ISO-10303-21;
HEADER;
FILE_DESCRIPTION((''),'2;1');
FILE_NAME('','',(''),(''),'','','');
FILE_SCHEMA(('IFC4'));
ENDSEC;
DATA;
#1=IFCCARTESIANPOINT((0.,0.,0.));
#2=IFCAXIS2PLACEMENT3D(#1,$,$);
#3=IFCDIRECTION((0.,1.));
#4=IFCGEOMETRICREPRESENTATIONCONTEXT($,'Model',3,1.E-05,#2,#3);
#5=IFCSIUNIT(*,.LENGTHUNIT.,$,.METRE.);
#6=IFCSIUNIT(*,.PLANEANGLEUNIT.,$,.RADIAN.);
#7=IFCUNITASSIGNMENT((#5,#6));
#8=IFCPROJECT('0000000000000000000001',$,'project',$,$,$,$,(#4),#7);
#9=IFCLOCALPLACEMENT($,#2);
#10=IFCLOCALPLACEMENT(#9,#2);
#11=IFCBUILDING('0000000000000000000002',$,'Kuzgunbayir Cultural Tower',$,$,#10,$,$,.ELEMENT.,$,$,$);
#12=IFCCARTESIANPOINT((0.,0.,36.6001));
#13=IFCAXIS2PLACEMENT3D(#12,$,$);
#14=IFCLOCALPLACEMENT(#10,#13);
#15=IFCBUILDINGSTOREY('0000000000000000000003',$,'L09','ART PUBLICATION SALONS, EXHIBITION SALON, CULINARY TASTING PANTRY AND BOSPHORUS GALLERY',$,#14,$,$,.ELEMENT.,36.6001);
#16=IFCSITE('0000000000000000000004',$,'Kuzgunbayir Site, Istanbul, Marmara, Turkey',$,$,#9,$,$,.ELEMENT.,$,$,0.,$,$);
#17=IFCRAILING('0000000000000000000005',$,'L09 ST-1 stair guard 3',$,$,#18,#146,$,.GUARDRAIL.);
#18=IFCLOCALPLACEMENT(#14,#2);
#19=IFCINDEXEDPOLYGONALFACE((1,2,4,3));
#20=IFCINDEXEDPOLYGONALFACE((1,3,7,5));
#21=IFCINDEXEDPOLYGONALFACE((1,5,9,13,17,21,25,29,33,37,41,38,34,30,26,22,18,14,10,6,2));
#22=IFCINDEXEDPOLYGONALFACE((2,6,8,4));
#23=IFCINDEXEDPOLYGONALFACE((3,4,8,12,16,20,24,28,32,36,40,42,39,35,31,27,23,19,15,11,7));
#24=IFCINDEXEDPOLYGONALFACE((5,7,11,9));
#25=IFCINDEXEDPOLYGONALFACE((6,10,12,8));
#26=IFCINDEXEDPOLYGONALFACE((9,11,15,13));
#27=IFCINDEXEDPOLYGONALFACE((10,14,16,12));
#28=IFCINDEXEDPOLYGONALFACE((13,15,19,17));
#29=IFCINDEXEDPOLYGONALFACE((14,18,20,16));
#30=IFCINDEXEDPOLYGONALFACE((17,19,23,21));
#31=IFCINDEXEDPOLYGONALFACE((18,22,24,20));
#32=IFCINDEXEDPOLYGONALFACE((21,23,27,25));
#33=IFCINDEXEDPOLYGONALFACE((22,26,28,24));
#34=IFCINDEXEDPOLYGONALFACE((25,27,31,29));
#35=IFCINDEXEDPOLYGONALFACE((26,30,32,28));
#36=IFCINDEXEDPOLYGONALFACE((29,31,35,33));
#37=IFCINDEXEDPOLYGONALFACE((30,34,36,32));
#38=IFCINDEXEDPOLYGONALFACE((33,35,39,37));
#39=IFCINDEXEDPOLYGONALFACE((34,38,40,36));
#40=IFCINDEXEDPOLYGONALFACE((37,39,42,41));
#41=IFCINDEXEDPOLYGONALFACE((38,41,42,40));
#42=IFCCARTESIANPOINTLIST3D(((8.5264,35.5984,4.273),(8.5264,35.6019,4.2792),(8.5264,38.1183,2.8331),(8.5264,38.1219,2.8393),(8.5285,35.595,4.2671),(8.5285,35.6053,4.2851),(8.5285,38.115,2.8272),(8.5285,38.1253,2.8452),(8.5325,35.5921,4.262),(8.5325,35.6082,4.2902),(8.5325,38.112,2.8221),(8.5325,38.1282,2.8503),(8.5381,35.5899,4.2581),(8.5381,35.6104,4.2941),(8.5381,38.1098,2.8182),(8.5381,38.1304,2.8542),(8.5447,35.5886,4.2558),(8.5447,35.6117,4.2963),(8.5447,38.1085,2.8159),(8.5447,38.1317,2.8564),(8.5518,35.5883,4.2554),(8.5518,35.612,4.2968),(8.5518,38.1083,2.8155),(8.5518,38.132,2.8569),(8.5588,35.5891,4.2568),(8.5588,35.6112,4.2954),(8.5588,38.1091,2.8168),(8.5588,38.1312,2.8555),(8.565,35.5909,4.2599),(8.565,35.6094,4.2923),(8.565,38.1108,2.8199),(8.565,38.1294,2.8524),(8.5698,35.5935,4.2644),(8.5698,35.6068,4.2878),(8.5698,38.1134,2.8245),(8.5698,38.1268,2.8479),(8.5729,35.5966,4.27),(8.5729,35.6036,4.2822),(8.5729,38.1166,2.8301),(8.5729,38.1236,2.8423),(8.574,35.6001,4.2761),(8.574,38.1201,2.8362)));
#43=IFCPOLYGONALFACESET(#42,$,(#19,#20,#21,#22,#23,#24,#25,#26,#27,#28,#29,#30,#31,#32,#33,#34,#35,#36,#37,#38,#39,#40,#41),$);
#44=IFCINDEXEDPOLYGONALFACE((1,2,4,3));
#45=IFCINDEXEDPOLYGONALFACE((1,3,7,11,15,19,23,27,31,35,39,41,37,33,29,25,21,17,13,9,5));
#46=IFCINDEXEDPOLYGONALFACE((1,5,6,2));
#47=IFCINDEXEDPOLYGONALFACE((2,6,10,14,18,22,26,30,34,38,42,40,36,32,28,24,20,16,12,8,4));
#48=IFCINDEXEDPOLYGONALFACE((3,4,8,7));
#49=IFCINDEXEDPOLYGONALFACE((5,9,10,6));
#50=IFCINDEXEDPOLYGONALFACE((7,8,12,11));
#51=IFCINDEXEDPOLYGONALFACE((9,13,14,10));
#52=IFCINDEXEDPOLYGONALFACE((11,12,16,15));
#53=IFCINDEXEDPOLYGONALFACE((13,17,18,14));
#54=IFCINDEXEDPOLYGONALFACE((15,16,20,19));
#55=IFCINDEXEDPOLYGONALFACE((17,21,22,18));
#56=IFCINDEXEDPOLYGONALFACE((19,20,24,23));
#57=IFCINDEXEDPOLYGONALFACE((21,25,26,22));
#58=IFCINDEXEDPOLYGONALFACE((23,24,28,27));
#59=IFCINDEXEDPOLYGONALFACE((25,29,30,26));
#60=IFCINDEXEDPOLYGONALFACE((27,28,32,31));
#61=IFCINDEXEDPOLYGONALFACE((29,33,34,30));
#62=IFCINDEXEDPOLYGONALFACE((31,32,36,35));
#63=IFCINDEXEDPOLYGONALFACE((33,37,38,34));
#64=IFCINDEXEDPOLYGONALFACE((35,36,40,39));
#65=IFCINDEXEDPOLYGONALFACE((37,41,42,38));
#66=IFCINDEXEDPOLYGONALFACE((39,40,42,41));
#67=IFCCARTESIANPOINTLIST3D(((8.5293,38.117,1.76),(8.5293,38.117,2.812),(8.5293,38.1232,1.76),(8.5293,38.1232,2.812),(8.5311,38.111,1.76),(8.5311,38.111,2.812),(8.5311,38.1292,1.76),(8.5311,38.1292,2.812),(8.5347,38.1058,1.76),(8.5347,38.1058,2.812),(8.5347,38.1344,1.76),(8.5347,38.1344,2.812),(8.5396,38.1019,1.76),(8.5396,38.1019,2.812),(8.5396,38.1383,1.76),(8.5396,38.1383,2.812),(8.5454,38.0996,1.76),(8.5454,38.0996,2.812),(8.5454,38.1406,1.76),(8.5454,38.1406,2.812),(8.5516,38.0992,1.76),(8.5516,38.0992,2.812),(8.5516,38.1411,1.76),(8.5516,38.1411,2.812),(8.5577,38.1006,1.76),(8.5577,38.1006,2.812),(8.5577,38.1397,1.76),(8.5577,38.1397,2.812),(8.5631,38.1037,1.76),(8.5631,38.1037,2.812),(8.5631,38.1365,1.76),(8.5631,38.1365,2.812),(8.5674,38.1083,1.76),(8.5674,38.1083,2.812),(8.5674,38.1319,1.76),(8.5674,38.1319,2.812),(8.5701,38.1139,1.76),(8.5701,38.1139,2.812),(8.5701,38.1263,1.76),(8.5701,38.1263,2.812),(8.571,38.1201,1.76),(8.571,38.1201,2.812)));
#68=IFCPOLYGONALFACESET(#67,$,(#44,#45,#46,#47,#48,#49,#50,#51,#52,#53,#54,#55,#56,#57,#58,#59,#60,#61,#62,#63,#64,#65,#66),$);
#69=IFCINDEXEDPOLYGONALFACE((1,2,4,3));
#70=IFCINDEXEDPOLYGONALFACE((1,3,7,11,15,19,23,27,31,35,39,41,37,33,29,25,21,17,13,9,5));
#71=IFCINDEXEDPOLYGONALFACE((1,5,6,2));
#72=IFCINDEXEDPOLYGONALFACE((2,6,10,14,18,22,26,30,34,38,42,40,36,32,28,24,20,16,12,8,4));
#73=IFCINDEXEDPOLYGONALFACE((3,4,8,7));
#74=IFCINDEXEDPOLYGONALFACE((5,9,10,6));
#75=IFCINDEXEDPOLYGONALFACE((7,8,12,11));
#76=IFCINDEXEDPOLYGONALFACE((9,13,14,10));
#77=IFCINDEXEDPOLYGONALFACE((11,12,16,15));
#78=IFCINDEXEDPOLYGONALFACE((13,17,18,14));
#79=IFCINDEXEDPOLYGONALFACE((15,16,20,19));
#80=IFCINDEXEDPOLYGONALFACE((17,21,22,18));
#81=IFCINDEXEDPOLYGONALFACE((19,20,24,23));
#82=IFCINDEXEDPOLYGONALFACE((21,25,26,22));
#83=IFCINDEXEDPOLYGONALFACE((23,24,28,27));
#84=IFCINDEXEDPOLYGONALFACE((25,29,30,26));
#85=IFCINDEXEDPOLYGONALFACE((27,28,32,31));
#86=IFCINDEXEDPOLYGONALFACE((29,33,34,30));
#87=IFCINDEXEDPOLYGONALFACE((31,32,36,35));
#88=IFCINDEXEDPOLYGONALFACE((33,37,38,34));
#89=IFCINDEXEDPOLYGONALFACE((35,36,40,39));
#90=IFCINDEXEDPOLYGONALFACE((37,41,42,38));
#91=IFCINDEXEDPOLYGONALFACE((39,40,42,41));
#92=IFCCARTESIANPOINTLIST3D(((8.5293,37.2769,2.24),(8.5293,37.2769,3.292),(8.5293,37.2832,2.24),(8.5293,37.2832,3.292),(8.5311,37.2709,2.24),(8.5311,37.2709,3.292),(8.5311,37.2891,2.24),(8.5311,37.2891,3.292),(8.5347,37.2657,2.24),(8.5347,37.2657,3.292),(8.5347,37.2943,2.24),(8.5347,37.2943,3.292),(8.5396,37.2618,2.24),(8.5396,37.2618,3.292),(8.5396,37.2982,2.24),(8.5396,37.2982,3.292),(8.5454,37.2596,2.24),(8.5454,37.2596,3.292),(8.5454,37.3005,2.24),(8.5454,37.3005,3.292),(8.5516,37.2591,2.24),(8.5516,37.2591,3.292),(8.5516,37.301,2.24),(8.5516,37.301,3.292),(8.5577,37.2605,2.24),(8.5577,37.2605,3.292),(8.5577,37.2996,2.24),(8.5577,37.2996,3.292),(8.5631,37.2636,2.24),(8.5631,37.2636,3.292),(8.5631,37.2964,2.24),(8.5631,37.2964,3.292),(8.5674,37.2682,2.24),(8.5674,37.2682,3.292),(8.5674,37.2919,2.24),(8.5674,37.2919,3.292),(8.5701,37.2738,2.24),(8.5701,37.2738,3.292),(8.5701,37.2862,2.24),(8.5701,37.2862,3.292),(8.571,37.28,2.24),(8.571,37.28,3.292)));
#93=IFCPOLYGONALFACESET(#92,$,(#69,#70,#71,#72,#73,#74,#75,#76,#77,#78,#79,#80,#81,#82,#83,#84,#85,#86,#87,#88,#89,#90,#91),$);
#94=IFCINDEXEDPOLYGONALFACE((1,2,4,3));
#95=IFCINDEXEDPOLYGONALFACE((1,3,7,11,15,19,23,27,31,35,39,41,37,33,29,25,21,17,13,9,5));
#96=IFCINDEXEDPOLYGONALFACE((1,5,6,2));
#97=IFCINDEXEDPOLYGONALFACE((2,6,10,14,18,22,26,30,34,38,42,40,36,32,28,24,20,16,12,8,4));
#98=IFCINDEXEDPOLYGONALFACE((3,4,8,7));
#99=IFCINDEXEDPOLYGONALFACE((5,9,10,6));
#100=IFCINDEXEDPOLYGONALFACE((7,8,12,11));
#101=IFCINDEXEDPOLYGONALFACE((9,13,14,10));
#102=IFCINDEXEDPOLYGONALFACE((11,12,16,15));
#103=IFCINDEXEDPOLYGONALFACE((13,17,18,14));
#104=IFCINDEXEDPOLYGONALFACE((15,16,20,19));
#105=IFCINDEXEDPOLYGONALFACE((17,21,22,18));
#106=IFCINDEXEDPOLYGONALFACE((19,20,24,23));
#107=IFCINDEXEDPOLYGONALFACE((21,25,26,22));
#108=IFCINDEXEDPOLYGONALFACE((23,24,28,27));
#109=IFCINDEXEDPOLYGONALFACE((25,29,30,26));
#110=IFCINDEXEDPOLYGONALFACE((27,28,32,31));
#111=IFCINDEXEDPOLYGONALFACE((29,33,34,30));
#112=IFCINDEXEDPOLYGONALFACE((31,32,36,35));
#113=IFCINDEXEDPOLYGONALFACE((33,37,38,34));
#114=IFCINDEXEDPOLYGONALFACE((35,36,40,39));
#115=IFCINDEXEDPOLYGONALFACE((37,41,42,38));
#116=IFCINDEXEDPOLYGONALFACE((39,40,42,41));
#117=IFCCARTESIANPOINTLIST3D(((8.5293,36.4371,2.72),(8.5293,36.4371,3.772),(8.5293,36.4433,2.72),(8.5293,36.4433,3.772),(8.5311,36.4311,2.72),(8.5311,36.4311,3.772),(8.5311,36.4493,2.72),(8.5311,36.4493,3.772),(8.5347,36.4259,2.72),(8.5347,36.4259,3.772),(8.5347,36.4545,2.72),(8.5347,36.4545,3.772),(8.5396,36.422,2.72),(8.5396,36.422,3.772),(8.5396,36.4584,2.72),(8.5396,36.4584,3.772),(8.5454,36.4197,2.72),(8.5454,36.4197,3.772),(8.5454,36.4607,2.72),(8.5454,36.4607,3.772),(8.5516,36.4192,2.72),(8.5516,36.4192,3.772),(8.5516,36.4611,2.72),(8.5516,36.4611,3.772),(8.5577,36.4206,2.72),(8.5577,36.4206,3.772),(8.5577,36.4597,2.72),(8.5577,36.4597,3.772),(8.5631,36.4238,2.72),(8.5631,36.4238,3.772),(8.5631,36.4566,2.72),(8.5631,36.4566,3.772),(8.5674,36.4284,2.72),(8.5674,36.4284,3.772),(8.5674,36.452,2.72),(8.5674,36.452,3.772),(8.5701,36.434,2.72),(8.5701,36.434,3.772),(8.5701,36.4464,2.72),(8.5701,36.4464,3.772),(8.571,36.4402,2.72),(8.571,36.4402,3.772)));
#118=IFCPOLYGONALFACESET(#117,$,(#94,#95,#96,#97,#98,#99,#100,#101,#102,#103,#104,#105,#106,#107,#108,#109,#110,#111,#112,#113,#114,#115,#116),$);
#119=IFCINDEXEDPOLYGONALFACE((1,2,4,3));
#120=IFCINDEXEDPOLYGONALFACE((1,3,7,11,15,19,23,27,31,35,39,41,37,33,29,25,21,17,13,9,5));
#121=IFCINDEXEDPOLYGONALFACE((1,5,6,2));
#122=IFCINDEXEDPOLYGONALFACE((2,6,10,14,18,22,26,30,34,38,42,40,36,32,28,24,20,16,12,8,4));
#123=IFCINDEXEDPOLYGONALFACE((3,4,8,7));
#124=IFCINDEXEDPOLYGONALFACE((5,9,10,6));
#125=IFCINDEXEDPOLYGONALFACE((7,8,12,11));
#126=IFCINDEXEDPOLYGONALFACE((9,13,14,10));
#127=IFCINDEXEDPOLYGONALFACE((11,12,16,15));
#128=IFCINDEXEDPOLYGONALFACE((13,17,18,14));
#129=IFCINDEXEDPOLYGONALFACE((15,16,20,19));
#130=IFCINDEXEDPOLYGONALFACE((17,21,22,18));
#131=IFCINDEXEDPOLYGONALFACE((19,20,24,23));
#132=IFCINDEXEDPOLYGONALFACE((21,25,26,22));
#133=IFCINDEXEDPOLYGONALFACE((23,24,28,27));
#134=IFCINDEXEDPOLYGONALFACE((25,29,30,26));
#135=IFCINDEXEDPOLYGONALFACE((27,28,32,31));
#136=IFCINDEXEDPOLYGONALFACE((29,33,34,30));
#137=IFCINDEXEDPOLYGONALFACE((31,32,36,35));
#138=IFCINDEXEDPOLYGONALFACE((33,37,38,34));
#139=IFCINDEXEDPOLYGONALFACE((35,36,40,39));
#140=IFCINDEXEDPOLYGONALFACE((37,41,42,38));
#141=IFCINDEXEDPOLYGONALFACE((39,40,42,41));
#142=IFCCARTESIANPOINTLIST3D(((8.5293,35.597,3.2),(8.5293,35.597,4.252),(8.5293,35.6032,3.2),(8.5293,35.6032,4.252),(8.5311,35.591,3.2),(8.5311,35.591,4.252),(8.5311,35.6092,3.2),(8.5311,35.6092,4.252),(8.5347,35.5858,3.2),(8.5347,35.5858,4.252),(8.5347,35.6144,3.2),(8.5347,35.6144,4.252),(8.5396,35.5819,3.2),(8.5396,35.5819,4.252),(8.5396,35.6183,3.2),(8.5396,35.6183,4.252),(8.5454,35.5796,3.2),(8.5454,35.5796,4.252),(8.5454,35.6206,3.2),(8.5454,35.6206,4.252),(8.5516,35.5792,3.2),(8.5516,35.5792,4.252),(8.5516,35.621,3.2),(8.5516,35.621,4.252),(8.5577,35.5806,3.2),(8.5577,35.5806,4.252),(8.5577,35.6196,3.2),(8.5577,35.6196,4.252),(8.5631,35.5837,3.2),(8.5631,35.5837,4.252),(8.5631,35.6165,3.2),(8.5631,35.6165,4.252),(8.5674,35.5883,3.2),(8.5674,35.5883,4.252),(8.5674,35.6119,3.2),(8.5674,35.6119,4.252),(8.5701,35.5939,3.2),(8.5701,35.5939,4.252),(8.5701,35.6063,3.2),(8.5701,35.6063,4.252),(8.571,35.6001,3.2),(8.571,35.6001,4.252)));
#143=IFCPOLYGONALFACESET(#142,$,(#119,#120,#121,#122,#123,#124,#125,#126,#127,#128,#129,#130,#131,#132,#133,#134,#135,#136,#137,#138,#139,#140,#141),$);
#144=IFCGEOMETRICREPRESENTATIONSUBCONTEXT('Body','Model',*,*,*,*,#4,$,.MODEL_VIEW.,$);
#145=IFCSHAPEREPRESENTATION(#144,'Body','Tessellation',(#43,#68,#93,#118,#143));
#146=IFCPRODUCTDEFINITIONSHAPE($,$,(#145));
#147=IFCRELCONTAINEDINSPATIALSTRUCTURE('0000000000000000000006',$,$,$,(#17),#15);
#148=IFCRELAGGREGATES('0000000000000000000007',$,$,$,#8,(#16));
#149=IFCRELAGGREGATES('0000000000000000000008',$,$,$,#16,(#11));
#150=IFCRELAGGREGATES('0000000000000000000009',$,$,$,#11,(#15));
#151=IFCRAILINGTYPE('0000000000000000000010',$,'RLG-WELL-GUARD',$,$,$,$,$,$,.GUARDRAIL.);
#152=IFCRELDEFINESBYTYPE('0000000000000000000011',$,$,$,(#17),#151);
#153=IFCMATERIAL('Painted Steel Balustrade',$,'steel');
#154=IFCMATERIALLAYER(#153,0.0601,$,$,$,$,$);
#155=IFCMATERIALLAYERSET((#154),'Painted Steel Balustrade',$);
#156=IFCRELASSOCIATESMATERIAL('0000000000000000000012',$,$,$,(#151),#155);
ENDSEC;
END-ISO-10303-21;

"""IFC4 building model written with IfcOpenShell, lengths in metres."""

from ifc_helpers import new_model, si_unit, direction, frame, origin, origin_2d, place, context, subcontext, project, spatial, circle, extrude, material, layer, layer_set, type_object, element, save


model = new_model("IFC4")

# Units and contexts
model_context = context("Model", 3, precision=1e-05, world=origin(), true_north=direction((0.0, 1.0)))
body_context = subcontext(model_context, "Body", "Model", "MODEL_VIEW")
ifc_project = project(units=[si_unit("LENGTHUNIT", "METRE"), si_unit("PLANEANGLEUNIT", "RADIAN")], contexts=[model_context])

# Site, building, storey
site_placement = place(None, origin())
site = spatial("IfcSite", under=ifc_project, at=site_placement, Name="Kuzgunbayir Site, Istanbul, Marmara, Turkey", CompositionType="ELEMENT", RefElevation=0.0)
building_placement = place(site_placement, origin())
building = spatial("IfcBuilding", under=site, at=building_placement, Name="Kuzgunbayir Cultural Tower", CompositionType="ELEMENT")
storey_placement = place(building_placement, frame((0.0, 0.0, 36.6001)))
storey = spatial("IfcBuildingStorey", under=building, at=storey_placement, Name="L09", Description="ART PUBLICATION SALONS, EXHIBITION SALON, CULINARY TASTING PANTRY AND BOSPHORUS GALLERY", CompositionType="ELEMENT", Elevation=36.6001)

# Railing
ifc_material_1 = material(Name="Painted Steel Balustrade", Category="steel")
ifc_layer_1 = layer(ifc_material_1, 0.0601)
ifc_layer_set_1 = layer_set([ifc_layer_1], Name="Painted Steel Balustrade")
railing_type_1 = type_object("IfcRailingType", Name="RLG-WELL-GUARD", PredefinedType="GUARDRAIL", material=ifc_layer_set_1)
railing_1_placement = place(storey_placement, frame((8.55, 38.1201, 1.76)))
element("IfcRailing", 1, at=railing_1_placement, inside=storey, type_object=railing_type_1, Name="L09 ST-1 stair guard 3", PredefinedType="GUARDRAIL", context=body_context, shape_type="SweptSolid", body=[
    extrude(circle(Radius=0.0239, at=origin_2d()), frame((0.0, 0.0, 1.0762), z_axis=(0.0, -0.868253, 0.496121), x_axis=(1.0, 0.0, 0.0)), (0.0, 0.0, 1.0), 2.9023),
    extrude(circle(Radius=0.021, at=origin_2d()), origin(), (0.0, 0.0, 1.0), 1.052),
    extrude(circle(Radius=0.021, at=origin_2d()), frame((0.0, -0.8401, 0.48)), (0.0, 0.0, 1.0), 1.052),
    extrude(circle(Radius=0.021, at=origin_2d()), frame((0.0, -1.6799, 0.96)), (0.0, 0.0, 1.0), 1.052),
    extrude(circle(Radius=0.021, at=origin_2d()), frame((0.0, -2.52, 1.4399)), (0.0, 0.0, 1.0), 1.052),
])

save(model, "model.ifc")
